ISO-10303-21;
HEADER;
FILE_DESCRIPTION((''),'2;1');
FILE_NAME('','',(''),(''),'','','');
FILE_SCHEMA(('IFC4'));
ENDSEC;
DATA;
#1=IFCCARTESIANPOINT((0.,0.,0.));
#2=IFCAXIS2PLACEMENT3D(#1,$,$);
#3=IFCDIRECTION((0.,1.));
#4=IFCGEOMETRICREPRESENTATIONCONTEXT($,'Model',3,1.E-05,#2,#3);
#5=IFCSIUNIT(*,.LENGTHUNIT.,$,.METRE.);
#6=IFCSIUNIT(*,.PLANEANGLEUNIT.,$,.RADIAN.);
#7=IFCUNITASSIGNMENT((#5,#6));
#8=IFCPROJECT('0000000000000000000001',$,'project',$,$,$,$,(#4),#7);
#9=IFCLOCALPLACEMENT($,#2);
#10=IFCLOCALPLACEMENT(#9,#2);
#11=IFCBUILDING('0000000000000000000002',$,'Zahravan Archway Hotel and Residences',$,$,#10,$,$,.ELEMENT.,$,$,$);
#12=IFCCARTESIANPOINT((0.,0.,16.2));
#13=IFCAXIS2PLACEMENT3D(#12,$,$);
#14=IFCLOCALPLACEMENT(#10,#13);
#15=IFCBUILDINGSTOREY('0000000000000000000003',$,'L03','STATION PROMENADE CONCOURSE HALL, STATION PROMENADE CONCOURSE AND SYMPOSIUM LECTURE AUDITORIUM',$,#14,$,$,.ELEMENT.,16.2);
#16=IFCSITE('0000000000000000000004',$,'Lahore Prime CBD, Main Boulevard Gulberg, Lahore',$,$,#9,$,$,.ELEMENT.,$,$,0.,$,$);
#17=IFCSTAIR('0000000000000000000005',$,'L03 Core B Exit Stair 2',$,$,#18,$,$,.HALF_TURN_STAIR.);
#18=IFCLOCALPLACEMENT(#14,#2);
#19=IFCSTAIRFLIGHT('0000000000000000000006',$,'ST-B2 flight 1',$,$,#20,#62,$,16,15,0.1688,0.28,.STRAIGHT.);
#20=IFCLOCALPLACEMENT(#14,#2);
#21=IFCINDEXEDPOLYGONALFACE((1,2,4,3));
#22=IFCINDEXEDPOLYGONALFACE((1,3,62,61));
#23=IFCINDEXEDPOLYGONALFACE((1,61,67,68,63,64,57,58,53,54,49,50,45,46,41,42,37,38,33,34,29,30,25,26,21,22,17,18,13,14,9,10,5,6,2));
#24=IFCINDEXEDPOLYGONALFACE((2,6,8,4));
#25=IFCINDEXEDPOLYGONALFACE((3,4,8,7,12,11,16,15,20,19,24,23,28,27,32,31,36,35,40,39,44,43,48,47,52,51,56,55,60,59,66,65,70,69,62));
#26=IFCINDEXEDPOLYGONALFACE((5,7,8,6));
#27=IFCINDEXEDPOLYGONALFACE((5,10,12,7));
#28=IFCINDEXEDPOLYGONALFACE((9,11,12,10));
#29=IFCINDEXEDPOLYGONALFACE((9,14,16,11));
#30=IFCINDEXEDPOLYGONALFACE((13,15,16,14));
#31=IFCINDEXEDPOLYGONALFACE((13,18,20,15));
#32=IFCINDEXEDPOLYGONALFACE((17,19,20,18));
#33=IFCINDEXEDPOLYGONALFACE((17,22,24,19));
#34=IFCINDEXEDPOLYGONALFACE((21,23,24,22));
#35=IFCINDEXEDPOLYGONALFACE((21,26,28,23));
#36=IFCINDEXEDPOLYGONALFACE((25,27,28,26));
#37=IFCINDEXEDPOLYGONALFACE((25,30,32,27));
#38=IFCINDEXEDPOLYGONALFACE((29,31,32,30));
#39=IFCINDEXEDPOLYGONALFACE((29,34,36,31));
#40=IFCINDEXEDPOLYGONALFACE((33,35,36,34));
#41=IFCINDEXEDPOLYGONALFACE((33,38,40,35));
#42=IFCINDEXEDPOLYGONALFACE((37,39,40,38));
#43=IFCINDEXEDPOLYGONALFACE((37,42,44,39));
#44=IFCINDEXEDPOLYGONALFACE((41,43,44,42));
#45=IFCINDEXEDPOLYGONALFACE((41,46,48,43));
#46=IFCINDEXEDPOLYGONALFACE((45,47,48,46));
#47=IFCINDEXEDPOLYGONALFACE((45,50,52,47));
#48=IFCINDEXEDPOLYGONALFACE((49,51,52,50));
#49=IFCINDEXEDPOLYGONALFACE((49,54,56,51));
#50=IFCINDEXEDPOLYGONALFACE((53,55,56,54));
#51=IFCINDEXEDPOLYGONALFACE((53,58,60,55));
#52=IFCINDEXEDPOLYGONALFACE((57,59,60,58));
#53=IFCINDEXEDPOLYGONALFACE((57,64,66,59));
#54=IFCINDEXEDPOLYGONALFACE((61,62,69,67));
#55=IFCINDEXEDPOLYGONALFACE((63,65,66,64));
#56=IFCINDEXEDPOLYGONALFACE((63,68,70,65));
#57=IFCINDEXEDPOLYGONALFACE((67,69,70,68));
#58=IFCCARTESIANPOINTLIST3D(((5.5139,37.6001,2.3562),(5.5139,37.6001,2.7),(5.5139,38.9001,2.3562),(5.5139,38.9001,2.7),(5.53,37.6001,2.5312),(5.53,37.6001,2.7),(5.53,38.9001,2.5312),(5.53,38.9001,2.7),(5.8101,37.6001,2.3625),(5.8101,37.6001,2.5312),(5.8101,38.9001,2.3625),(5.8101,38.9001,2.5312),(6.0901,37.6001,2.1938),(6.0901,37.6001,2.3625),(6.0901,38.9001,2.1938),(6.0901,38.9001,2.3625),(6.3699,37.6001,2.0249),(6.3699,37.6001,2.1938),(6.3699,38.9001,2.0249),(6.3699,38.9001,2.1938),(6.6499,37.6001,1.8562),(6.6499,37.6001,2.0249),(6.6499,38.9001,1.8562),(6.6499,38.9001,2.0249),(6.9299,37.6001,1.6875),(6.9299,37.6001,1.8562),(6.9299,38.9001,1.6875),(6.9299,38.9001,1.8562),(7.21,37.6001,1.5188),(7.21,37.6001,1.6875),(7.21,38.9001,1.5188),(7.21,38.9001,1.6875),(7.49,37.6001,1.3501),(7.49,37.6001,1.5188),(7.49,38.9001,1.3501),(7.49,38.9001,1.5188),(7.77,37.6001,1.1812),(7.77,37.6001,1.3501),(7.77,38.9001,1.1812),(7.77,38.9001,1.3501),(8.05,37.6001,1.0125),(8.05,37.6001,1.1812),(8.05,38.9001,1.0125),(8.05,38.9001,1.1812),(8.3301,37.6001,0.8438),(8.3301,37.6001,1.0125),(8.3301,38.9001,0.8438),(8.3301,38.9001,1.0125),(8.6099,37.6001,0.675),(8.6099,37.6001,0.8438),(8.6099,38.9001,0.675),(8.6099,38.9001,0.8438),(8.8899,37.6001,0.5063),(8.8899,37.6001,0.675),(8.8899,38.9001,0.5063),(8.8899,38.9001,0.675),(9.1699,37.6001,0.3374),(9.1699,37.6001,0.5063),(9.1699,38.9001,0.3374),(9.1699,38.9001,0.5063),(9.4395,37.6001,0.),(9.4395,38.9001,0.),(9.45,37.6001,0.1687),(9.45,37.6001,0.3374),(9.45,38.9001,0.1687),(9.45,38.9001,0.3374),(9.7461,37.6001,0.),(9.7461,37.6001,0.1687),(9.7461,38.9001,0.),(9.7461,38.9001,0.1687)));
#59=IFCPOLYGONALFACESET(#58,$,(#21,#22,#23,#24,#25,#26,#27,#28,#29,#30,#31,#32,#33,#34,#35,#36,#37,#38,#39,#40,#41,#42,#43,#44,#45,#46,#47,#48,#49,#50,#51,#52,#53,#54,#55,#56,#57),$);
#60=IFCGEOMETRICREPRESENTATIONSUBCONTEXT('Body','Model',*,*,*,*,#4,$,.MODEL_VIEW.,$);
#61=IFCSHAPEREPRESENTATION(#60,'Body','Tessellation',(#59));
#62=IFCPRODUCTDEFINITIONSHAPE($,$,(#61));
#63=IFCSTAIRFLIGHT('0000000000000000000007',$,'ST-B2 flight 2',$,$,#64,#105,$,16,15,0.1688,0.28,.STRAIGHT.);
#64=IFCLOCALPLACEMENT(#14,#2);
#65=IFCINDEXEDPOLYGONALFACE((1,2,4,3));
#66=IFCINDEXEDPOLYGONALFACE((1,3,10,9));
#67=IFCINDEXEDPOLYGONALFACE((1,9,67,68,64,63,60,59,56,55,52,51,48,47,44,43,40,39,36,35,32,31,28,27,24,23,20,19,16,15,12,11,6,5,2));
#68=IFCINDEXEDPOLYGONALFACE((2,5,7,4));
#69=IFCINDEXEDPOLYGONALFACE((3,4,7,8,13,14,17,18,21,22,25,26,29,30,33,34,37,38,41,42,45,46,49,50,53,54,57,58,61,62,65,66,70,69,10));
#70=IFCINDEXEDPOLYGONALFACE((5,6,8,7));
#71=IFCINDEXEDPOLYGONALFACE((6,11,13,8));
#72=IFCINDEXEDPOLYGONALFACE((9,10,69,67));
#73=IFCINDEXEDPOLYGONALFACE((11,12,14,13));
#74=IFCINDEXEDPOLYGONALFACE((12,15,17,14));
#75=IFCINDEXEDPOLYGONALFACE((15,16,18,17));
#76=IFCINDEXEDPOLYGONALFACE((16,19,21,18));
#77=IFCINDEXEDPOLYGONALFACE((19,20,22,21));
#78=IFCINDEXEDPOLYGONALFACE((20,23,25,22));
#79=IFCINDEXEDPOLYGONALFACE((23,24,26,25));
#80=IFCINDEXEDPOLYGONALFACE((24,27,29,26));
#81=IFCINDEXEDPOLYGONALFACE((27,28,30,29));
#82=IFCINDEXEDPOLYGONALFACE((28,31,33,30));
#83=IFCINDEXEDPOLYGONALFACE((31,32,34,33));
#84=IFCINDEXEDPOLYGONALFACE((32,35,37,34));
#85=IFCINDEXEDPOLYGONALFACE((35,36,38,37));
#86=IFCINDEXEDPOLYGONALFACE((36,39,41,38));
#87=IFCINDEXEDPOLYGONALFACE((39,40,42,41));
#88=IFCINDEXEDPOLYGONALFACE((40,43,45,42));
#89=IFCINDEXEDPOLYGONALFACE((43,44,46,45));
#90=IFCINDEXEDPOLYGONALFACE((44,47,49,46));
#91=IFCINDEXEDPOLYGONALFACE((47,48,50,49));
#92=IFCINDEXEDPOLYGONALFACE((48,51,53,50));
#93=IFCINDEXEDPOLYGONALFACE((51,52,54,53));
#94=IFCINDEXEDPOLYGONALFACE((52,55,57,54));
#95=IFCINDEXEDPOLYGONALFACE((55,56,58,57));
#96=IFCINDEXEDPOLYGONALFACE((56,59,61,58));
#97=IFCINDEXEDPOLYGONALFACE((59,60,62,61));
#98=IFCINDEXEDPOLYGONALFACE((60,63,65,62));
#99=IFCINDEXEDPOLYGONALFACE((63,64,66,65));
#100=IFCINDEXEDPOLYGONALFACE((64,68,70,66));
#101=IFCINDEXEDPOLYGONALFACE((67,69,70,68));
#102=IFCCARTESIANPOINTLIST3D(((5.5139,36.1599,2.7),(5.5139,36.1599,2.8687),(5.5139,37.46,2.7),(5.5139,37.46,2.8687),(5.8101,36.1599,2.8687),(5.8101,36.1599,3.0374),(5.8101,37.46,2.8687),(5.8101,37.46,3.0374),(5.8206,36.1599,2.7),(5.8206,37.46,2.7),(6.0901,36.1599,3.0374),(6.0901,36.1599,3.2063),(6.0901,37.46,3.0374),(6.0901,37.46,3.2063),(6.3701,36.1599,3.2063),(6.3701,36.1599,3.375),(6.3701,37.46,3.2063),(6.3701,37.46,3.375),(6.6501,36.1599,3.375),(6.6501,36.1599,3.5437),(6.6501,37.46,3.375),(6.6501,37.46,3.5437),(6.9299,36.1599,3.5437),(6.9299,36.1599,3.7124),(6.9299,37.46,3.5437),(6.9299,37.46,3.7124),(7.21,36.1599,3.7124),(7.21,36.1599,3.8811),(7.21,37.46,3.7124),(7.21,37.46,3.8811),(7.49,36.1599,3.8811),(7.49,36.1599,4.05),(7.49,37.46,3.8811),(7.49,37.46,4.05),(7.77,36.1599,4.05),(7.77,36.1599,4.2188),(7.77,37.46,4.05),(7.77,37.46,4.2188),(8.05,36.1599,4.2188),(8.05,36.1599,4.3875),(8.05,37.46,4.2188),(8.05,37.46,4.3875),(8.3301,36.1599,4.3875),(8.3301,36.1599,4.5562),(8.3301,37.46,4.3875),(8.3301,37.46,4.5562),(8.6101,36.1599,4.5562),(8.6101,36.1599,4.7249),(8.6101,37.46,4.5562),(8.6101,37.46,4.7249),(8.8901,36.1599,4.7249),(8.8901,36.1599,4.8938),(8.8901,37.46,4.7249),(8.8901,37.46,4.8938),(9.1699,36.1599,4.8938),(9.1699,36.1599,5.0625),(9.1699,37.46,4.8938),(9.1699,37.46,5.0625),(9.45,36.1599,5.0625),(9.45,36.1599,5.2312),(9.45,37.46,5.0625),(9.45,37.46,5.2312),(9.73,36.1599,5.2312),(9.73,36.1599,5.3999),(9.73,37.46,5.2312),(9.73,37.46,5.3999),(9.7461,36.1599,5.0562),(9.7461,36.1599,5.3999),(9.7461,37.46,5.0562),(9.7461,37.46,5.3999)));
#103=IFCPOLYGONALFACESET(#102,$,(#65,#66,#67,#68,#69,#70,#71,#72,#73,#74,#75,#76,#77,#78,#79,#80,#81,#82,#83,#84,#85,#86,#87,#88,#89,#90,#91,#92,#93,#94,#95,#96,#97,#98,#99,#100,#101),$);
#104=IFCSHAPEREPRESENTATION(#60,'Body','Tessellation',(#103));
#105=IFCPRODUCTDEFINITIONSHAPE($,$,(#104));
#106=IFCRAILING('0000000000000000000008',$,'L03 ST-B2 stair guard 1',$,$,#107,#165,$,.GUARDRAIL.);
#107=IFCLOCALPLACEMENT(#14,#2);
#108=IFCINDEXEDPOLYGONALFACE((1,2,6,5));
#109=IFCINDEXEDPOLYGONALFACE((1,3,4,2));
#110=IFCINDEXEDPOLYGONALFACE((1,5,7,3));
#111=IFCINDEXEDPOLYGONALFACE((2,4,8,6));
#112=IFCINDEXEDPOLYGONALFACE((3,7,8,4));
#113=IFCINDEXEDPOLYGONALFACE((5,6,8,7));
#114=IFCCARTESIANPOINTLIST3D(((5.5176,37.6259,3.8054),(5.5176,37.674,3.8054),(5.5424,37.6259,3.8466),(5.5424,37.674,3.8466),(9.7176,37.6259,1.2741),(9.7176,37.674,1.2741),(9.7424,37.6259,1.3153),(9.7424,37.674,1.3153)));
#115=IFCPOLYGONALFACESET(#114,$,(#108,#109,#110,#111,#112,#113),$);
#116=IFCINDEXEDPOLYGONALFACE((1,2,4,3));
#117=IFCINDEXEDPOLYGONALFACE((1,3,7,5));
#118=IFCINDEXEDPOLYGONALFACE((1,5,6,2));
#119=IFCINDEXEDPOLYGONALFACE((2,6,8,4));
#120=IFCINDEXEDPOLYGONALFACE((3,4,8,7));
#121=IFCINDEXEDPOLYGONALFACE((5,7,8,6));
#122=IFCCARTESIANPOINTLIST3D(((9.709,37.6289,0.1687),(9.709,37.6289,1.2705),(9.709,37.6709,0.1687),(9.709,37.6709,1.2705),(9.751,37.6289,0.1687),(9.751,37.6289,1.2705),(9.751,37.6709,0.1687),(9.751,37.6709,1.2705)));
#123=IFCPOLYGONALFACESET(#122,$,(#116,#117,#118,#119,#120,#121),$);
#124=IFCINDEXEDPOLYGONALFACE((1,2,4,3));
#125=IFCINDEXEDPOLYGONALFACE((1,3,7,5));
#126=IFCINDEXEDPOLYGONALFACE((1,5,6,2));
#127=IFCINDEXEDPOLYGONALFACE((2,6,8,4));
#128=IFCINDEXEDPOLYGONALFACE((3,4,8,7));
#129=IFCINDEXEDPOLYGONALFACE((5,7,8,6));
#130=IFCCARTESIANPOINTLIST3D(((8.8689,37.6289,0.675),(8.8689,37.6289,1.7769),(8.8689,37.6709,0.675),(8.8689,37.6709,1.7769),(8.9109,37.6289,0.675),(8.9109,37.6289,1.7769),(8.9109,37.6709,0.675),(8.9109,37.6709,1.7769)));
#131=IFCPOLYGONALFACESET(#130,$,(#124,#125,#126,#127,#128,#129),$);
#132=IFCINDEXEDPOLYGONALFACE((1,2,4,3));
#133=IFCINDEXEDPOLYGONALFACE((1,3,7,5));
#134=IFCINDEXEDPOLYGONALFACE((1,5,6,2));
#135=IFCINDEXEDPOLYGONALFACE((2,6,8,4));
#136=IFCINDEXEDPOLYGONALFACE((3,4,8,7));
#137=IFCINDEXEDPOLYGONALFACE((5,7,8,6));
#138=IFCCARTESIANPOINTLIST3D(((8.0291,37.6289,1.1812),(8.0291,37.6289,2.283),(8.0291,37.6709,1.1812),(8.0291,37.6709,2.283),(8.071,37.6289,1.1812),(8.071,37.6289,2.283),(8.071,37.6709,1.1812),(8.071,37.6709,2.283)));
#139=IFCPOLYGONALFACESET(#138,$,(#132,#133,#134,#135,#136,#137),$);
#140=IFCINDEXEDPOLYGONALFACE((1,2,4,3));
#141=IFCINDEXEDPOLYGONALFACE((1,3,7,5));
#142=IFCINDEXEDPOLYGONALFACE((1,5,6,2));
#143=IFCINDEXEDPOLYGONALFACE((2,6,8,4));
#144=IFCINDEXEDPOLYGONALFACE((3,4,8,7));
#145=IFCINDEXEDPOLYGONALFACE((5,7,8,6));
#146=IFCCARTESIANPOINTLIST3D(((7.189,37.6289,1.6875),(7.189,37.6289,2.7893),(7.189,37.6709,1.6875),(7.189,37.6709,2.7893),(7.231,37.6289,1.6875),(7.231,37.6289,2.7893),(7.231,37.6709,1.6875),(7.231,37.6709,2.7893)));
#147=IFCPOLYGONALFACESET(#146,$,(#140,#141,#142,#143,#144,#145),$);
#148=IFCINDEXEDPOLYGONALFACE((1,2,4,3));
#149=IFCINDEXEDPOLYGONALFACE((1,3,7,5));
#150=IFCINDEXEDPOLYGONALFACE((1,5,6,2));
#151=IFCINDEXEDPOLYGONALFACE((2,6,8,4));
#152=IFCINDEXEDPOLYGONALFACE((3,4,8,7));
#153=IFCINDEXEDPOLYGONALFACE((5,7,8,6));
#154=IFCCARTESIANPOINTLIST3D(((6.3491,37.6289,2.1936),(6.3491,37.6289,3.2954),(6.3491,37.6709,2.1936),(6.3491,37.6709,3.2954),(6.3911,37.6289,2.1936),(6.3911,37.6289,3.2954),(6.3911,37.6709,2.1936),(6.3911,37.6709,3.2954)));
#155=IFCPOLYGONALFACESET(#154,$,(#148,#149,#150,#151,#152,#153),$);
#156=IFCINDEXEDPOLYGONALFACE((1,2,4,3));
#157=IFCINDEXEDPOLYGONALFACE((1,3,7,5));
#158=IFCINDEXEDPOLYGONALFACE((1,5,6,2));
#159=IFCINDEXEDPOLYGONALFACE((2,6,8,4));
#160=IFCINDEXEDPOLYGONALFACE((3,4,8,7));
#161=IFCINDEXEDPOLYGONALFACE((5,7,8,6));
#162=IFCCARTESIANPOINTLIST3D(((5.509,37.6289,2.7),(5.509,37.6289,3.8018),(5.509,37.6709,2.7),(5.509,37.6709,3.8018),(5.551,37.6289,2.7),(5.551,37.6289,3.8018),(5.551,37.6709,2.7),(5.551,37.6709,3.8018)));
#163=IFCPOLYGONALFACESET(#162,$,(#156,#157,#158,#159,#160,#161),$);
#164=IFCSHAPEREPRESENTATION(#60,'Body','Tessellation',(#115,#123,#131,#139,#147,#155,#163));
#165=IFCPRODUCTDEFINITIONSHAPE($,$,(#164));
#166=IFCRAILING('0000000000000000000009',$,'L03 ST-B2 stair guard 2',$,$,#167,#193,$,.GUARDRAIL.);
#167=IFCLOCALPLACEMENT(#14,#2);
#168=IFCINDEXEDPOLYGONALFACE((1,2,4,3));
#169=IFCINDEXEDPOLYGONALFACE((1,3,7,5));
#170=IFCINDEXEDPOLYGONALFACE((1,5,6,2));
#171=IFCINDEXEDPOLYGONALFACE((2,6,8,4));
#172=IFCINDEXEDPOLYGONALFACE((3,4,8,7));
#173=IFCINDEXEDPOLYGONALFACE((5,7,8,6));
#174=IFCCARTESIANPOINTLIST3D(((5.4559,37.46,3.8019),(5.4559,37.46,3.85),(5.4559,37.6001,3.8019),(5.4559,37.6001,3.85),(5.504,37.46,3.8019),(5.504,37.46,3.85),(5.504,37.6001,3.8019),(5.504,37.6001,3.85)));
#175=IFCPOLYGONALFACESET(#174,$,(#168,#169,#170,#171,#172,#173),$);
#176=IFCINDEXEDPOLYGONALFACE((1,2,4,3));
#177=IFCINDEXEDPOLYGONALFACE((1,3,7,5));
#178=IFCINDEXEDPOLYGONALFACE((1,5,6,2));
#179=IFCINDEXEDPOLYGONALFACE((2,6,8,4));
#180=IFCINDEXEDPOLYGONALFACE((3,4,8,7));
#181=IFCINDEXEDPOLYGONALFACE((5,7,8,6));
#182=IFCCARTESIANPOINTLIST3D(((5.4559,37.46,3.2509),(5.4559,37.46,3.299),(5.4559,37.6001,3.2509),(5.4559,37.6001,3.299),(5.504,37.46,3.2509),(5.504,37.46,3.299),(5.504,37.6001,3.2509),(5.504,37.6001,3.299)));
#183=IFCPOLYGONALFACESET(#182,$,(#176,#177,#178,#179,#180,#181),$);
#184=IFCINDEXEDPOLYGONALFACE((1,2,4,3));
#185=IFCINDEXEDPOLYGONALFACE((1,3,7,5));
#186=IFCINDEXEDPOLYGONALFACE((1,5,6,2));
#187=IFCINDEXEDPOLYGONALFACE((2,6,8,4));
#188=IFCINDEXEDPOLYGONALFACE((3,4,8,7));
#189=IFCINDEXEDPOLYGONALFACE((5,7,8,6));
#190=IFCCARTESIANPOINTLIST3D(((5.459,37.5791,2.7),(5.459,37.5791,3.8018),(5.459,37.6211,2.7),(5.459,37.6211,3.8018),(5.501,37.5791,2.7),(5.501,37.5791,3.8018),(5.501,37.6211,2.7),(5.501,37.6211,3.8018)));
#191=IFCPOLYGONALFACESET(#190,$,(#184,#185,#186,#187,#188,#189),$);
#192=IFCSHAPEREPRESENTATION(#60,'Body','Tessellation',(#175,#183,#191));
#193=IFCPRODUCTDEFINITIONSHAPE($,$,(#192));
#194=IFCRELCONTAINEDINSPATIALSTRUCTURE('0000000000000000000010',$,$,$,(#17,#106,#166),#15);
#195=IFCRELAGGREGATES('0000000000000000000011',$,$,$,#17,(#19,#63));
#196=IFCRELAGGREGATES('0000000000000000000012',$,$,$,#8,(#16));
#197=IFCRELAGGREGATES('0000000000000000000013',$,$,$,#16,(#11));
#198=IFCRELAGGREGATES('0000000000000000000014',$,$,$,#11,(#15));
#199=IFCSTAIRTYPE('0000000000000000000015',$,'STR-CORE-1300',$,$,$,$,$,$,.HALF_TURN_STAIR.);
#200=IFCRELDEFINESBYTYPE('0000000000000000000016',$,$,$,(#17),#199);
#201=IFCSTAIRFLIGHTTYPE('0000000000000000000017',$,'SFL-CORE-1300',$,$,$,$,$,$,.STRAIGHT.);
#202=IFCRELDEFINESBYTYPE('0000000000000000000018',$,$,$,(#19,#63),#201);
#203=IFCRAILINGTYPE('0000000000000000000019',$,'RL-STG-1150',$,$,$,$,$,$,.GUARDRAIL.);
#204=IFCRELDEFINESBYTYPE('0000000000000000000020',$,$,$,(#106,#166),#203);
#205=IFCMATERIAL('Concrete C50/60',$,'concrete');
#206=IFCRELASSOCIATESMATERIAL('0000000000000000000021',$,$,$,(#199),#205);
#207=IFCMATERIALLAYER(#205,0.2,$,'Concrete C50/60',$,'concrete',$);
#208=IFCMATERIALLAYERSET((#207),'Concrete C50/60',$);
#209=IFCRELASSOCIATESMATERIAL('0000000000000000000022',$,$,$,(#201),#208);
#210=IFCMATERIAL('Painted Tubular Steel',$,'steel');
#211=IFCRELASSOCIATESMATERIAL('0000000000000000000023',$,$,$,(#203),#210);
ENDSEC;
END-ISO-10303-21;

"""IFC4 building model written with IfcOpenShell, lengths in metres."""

from ifc_helpers import new_model, si_unit, direction, frame, origin, origin_2d, place, context, subcontext, project, spatial, polyline, rectangle, outline, extrude, source, transform, mapped, material, layer, layer_set, type_object, element, aggregate, save


model = new_model("IFC4")

# Units and contexts
model_context = context("Model", 3, precision=1e-05, world=origin(), true_north=direction((0.0, 1.0)))
body_context = subcontext(model_context, "Body", "Model", "MODEL_VIEW")
ifc_project = project(units=[si_unit("LENGTHUNIT", "METRE"), si_unit("PLANEANGLEUNIT", "RADIAN")], contexts=[model_context])

# Site, building, storey
site_placement = place(None, origin())
site = spatial("IfcSite", under=ifc_project, at=site_placement, Name="Lahore Prime CBD, Main Boulevard Gulberg, Lahore", CompositionType="ELEMENT", RefElevation=0.0)
building_placement = place(site_placement, origin())
building = spatial("IfcBuilding", under=site, at=building_placement, Name="Zahravan Archway Hotel and Residences", CompositionType="ELEMENT")
storey_placement = place(building_placement, frame((0.0, 0.0, 16.2)))
storey = spatial("IfcBuildingStorey", under=building, at=storey_placement, Name="L03", Description="STATION PROMENADE CONCOURSE HALL, STATION PROMENADE CONCOURSE AND SYMPOSIUM LECTURE AUDITORIUM", CompositionType="ELEMENT", Elevation=16.2)

# Shared definitions
ifc_material_1 = material(Name="Concrete C50/60", Category="concrete")

# Stair, stair flights
stair_type = type_object("IfcStairType", Name="STR-CORE-1300", PredefinedType="HALF_TURN_STAIR", material=ifc_material_1)
stair_placement = place(storey_placement, origin())
stair = element("IfcStair", 1, at=stair_placement, inside=storey, type_object=stair_type, Name="L03 Core B Exit Stair 2", PredefinedType="HALF_TURN_STAIR")
ifc_layer_1 = layer(ifc_material_1, 0.2, Name="Concrete C50/60", Category="concrete")
ifc_layer_set_1 = layer_set([ifc_layer_1], Name="Concrete C50/60")
stair_flight_type = type_object("IfcStairFlightType", Name="SFL-CORE-1300", PredefinedType="STRAIGHT", material=ifc_layer_set_1)
shared_shape_1 = source(origin(), body_context, "Body", "SweptSolid", [
    extrude(outline(polyline([(-0.0161, 0.0), (-0.0161, 0.1687), (0.28, 0.1687), (0.28, 0.3374), (0.5601, 0.3374), (0.5601, 0.5063), (0.8401, 0.5063), (0.8401, 0.675), (1.1201, 0.675), (1.1201, 0.8438), (1.3999, 0.8438), (1.3999, 1.0125), (1.6799, 1.0125), (1.6799, 1.1812), (1.96, 1.1812), (1.96, 1.3501), (2.24, 1.3501), (2.24, 1.5188), (2.52, 1.5188), (2.52, 1.6875), (2.8, 1.6875), (2.8, 1.8562), (3.0801, 1.8562), (3.0801, 2.0249), (3.3601, 2.0249), (3.3601, 2.1938), (3.6399, 2.1938), (3.6399, 2.3625), (3.9199, 2.3625), (3.9199, 2.5312), (4.2, 2.5312), (4.2, 2.7), (4.2161, 2.7), (4.2161, 2.3562), (0.2905, 0.0), (-0.0161, 0.0)])), frame((0.0, 0.6499, 0.0), z_axis=(0.0, -1.0, 0.0), x_axis=(1.0, 0.0, 0.0)), (0.0, 0.0, 1.0), 1.3),
])
stair_flight_1_placement = place(storey_placement, frame((9.73, 38.25, 0.0), z_axis=(0.0, 0.0, 1.0), x_axis=(-1.0, 0.0, 0.0)))
stair_flight_1 = element("IfcStairFlight", 2, at=stair_flight_1_placement, type_object=stair_flight_type, Name="ST-B2 flight 1", NumberOfRisers=16, NumberOfTreads=15, PredefinedType="STRAIGHT", RiserHeight=0.1688, TreadLength=0.28, context=body_context, shape_type="MappedRepresentation", body=[
    mapped(shared_shape_1, transform((0.0, 0.0, 0.0), scale=1.0)),
])
stair_flight_2_placement = place(storey_placement, frame((5.53, 36.8101, 2.7), z_axis=(0.0, 0.0, 1.0), x_axis=(1.0, 0.0, 0.0)))
stair_flight_2 = element("IfcStairFlight", 3, at=stair_flight_2_placement, type_object=stair_flight_type, Name="ST-B2 flight 2", NumberOfRisers=16, NumberOfTreads=15, PredefinedType="STRAIGHT", RiserHeight=0.1688, TreadLength=0.28, context=body_context, shape_type="MappedRepresentation", body=[
    mapped(shared_shape_1, transform((0.0, 0.0, 0.0), scale=1.0)),
])
aggregate(stair, [stair_flight_1, stair_flight_2])

# Railings
ifc_material_2 = material(Name="Painted Tubular Steel", Category="steel")
railing_type_1 = type_object("IfcRailingType", Name="RL-STG-1150", PredefinedType="GUARDRAIL", material=ifc_material_2)
railing_1_placement = place(storey_placement, frame((9.73, 37.6499, 0.1687)))
element("IfcRailing", 4, at=railing_1_placement, inside=storey, type_object=railing_type_1, Name="L03 ST-B2 stair guard 1", PredefinedType="GUARDRAIL", context=body_context, shape_type="SweptSolid", body=[
    extrude(rectangle(XDim=0.0481, YDim=0.0481, at=origin_2d()), frame((0.0, 0.0, 1.126), z_axis=(-0.856476, 0.0, 0.516186), x_axis=(0.0, -1.0, 0.0)), (0.0, 0.0, 1.0), 4.9038),
    extrude(rectangle(XDim=0.042, YDim=0.042, at=origin_2d()), origin(), (0.0, 0.0, 1.0), 1.1018),
    extrude(rectangle(XDim=0.042, YDim=0.042, at=origin_2d()), frame((-0.8401, 0.0, 0.5063)), (0.0, 0.0, 1.0), 1.1018),
    extrude(rectangle(XDim=0.042, YDim=0.042, at=origin_2d()), frame((-1.6799, 0.0, 1.0125)), (0.0, 0.0, 1.0), 1.1018),
    extrude(rectangle(XDim=0.042, YDim=0.042, at=origin_2d()), frame((-2.52, 0.0, 1.5188)), (0.0, 0.0, 1.0), 1.1018),
    extrude(rectangle(XDim=0.042, YDim=0.042, at=origin_2d()), frame((-3.3599, 0.0, 2.0249)), (0.0, 0.0, 1.0), 1.1018),
    extrude(rectangle(XDim=0.042, YDim=0.042, at=origin_2d()), frame((-4.2, 0.0, 2.5312)), (0.0, 0.0, 1.0), 1.1018),
])
railing_2_placement = place(storey_placement, frame((5.48, 37.6001, 2.7)))
element("IfcRailing", 5, at=railing_2_placement, inside=storey, type_object=railing_type_1, Name="L03 ST-B2 stair guard 2", PredefinedType="GUARDRAIL", context=body_context, shape_type="SweptSolid", body=[
    extrude(rectangle(XDim=0.0481, YDim=0.0481, at=origin_2d()), frame((0.0, 0.0, 1.126), z_axis=(0.0, -1.0, 0.0), x_axis=(1.0, 0.0, 0.0)), (0.0, 0.0, 1.0), 0.1401),
    extrude(rectangle(XDim=0.0481, YDim=0.0481, at=origin_2d()), frame((0.0, 0.0, 0.575), z_axis=(0.0, -1.0, 0.0), x_axis=(1.0, 0.0, 0.0)), (0.0, 0.0, 1.0), 0.1401),
    extrude(rectangle(XDim=0.042, YDim=0.042, at=origin_2d()), origin(), (0.0, 0.0, 1.0), 1.1018),
])

save(model, "model.ifc")
